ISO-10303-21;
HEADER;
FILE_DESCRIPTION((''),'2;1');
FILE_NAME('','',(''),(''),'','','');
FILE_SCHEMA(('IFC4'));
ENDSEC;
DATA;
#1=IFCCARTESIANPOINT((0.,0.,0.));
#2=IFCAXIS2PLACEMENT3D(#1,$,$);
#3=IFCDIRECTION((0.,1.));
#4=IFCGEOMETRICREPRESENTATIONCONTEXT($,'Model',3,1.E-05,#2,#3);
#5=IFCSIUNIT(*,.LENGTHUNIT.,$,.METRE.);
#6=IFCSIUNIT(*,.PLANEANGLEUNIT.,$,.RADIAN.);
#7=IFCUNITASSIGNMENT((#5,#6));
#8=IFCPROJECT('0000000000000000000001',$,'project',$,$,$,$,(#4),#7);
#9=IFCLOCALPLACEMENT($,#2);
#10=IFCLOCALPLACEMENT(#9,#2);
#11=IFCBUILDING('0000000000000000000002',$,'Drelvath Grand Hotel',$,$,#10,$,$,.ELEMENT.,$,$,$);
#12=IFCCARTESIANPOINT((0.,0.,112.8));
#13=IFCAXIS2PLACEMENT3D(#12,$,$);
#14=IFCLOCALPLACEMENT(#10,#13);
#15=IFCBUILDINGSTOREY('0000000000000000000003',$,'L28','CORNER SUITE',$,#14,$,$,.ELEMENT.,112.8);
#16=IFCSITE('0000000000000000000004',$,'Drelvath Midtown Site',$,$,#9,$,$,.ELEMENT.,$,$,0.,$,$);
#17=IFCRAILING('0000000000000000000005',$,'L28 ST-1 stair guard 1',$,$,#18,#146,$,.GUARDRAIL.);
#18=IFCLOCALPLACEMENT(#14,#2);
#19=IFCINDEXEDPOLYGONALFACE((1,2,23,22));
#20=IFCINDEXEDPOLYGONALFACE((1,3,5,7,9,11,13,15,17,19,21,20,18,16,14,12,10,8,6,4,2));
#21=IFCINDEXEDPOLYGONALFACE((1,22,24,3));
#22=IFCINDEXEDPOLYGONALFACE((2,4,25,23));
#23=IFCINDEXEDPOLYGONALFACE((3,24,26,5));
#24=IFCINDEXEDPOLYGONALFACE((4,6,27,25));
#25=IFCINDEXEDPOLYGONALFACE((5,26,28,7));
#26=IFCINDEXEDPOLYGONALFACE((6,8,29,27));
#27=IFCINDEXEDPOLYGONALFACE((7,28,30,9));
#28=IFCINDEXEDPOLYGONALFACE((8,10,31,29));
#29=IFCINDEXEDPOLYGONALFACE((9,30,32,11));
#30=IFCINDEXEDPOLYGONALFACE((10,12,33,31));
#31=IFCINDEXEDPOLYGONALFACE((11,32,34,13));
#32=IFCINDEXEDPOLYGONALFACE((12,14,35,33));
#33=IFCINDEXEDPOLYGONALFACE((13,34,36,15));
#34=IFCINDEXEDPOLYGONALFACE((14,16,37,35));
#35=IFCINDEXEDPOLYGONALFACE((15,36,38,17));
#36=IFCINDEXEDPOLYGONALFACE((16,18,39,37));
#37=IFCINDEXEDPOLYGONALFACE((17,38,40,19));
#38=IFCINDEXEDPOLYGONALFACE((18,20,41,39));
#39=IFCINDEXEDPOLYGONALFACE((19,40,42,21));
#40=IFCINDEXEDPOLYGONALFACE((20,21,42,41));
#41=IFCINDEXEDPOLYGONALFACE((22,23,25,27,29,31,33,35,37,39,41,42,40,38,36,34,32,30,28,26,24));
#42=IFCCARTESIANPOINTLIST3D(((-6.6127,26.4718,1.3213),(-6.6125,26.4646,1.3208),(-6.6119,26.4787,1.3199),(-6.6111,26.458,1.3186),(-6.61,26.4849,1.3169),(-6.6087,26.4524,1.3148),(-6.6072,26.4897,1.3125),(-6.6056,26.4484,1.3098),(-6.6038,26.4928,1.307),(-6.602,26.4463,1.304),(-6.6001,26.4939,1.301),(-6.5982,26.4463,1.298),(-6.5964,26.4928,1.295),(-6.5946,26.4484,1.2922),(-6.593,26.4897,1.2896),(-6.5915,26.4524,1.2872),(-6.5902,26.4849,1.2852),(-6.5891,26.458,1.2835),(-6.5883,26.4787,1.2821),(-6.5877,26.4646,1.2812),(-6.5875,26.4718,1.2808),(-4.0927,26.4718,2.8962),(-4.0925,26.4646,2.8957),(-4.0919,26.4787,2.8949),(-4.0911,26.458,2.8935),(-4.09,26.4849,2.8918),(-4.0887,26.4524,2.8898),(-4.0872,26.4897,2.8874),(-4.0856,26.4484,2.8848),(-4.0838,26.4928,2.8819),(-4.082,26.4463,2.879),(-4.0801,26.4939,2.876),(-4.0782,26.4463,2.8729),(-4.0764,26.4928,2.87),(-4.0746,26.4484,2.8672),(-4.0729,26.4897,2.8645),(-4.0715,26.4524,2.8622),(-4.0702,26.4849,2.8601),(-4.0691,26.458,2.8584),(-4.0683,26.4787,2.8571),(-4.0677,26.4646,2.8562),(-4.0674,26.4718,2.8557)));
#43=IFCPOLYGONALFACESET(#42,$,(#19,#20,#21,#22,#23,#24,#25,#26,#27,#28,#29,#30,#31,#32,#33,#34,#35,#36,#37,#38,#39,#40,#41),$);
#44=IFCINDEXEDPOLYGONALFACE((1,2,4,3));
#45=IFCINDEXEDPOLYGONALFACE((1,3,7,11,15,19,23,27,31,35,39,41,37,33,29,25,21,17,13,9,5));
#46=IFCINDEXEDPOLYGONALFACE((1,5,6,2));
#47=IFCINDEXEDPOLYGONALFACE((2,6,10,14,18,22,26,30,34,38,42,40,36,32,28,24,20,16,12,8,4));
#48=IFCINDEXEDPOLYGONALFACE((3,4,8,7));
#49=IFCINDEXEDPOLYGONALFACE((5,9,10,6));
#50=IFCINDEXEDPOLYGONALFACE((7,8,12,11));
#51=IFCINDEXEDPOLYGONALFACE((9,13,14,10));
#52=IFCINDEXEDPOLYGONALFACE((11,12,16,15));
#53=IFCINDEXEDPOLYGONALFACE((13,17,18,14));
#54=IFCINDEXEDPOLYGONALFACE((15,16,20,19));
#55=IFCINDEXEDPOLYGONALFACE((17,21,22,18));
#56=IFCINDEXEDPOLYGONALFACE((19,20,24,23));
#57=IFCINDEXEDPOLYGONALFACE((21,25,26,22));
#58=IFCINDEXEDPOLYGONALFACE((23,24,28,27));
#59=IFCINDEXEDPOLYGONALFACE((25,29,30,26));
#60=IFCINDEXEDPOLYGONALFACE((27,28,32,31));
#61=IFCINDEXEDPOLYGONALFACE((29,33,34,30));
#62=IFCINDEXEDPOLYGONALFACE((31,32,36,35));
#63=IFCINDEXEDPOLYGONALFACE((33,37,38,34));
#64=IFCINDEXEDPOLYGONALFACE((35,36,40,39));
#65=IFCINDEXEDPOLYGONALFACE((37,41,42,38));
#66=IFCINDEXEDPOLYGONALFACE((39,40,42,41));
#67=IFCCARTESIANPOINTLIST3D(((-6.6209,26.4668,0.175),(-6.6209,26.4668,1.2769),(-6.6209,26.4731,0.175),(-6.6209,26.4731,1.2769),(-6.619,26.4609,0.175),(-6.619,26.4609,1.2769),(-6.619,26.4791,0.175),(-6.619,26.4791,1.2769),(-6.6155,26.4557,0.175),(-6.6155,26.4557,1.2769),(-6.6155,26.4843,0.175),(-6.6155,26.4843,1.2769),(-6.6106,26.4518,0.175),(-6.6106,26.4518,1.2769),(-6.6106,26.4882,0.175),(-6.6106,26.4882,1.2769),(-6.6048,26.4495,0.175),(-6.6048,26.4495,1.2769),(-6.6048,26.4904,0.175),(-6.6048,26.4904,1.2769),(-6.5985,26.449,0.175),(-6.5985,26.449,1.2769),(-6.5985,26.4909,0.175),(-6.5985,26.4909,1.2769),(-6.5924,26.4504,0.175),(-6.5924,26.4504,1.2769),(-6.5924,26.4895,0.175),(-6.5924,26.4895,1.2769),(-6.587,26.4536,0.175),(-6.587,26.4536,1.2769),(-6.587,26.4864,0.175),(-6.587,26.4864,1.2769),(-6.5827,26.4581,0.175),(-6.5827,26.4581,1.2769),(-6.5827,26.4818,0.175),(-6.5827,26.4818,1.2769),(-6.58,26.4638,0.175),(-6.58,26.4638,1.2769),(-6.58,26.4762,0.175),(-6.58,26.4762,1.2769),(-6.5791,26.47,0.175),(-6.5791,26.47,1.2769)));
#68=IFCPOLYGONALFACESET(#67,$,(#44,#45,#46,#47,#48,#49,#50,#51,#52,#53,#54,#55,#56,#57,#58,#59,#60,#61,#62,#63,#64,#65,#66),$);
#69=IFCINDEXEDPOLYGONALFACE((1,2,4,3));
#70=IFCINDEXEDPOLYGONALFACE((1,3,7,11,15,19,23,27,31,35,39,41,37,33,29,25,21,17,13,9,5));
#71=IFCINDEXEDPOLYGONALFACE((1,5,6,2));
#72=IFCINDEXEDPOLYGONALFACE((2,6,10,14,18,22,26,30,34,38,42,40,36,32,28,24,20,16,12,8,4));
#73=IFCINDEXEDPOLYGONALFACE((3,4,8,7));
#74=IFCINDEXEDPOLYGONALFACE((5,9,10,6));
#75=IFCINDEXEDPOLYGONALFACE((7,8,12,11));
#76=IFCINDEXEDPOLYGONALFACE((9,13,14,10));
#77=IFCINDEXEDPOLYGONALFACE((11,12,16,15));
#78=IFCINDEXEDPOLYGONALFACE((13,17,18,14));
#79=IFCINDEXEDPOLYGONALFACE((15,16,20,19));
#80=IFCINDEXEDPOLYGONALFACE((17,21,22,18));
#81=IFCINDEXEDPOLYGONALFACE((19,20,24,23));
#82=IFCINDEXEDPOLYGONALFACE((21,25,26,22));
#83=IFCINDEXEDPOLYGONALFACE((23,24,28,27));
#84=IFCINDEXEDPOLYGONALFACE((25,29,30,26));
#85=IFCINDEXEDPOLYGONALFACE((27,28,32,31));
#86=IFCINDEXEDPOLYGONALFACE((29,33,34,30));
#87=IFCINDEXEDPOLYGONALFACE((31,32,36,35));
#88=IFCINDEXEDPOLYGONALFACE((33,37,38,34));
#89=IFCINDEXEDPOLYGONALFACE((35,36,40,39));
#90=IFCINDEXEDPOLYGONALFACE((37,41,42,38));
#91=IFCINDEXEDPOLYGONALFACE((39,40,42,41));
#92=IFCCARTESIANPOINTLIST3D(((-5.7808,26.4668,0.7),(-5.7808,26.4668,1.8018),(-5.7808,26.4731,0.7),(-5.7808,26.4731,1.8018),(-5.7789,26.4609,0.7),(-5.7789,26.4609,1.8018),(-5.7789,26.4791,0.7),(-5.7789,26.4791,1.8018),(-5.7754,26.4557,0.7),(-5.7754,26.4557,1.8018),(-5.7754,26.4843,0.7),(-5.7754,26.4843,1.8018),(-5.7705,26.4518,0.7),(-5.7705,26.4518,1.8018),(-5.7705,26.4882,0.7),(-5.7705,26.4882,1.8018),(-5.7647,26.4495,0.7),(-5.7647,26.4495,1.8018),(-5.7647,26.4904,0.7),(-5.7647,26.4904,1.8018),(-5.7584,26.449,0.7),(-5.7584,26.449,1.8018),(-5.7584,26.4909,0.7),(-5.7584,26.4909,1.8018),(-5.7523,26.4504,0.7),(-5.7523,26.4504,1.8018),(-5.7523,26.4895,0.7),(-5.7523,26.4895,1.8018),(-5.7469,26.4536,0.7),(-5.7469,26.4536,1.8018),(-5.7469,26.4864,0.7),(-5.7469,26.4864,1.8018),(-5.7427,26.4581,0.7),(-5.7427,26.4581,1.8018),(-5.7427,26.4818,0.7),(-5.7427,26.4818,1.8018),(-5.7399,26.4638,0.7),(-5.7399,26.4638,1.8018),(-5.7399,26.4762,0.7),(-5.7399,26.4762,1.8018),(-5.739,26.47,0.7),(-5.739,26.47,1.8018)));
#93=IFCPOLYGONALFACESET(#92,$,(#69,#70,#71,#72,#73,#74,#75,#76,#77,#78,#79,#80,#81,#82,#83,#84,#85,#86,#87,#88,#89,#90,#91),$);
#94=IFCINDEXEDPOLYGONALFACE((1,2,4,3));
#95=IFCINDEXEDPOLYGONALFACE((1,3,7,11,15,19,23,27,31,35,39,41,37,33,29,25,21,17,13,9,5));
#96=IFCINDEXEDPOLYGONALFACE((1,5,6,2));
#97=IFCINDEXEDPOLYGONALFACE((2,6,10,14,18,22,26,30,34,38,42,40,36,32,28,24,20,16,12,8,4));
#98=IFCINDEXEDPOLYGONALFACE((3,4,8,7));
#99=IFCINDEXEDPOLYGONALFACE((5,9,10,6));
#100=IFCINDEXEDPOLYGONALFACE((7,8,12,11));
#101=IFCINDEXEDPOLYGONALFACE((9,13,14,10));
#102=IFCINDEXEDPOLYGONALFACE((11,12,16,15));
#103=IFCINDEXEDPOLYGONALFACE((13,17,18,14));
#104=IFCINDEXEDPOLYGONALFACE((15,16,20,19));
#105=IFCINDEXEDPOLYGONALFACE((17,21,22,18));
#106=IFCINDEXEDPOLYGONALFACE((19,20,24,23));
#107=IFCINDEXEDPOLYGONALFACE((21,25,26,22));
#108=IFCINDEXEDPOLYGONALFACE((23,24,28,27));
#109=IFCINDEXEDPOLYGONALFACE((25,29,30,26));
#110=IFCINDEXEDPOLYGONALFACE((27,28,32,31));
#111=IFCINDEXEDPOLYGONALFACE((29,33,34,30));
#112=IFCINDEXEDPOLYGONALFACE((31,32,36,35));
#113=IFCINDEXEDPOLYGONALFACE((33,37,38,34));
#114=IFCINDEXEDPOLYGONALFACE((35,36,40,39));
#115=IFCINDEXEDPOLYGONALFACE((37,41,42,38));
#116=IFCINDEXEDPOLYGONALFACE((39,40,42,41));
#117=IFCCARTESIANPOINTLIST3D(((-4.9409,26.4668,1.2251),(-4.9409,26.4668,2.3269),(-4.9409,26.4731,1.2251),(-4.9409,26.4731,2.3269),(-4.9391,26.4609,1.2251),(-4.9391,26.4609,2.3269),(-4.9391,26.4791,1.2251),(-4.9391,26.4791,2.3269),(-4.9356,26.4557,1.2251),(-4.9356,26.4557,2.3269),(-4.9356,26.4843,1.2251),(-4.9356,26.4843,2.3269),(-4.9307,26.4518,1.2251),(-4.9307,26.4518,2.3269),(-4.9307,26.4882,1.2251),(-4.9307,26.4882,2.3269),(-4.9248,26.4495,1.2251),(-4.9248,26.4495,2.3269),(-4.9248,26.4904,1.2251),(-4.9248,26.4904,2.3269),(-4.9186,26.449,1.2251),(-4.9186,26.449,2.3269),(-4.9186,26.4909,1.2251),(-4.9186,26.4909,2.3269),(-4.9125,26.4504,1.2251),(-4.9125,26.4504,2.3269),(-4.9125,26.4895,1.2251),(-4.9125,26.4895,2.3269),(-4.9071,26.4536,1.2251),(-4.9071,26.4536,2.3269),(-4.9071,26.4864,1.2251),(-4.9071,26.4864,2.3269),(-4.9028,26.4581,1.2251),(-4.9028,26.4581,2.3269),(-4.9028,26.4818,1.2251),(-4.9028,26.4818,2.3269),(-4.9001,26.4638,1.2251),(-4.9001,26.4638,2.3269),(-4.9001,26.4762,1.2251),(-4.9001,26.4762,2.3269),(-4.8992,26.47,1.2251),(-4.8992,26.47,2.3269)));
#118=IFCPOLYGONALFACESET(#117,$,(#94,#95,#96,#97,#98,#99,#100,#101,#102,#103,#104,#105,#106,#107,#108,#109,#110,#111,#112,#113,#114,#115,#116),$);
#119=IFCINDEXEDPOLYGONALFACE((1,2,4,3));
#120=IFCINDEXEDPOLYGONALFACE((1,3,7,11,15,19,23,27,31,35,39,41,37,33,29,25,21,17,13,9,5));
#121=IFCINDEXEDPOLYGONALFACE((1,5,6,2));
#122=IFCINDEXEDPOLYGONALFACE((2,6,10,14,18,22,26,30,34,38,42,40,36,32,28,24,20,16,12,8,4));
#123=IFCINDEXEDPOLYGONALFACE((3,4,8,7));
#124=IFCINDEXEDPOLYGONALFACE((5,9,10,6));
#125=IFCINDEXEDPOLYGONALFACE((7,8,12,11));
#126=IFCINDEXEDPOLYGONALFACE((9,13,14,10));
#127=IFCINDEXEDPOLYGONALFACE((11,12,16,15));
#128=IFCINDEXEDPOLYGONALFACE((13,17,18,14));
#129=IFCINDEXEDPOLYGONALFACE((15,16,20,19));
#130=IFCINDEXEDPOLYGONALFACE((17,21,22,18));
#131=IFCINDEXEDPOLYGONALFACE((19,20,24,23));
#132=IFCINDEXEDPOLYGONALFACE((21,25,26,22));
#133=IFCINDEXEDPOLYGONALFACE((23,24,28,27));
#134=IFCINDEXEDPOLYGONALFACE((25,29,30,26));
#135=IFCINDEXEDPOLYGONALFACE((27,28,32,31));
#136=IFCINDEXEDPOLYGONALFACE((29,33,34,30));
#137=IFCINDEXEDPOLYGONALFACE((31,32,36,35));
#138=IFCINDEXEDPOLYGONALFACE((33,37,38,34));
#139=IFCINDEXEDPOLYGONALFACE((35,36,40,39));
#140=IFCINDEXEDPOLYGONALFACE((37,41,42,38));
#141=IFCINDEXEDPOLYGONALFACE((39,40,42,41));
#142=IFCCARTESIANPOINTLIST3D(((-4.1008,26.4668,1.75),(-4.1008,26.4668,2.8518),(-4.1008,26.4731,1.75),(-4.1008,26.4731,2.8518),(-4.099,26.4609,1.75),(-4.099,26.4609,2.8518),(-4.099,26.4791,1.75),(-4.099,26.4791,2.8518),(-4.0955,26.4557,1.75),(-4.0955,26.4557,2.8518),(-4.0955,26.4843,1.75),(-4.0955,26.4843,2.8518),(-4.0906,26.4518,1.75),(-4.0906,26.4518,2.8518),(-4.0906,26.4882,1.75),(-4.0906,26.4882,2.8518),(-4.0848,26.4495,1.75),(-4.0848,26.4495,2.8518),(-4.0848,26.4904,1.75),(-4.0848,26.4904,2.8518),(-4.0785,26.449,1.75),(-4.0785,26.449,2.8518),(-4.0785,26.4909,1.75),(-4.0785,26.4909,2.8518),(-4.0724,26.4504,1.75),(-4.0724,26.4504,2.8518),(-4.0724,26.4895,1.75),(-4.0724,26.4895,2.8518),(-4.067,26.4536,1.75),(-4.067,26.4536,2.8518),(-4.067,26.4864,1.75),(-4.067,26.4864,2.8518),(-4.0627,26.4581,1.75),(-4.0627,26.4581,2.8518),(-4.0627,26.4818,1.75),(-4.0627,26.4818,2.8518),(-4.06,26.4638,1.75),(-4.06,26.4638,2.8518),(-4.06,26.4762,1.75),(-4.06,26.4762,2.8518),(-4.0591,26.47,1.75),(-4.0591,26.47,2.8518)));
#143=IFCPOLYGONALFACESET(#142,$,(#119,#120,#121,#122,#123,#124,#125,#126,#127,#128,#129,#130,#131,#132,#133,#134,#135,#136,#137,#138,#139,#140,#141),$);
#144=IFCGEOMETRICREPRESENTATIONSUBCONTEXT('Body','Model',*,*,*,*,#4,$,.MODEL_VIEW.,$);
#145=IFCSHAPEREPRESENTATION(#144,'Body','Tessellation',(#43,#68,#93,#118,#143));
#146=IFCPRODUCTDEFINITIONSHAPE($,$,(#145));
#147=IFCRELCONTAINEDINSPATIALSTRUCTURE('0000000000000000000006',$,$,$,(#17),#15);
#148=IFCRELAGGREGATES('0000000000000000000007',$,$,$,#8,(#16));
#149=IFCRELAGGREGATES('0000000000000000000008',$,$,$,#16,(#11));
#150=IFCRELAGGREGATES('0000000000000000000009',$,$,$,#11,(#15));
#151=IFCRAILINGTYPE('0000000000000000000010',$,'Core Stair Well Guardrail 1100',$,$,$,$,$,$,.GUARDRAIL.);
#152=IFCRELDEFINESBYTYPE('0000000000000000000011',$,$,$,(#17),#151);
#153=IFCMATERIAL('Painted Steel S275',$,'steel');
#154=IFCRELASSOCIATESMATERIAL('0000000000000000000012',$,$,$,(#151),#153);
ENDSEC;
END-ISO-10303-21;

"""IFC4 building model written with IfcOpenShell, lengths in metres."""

from ifc_helpers import new_model, si_unit, direction, frame, origin, origin_2d, place, context, subcontext, project, spatial, circle, extrude, material, type_object, element, save


model = new_model("IFC4")

# Units and contexts
model_context = context("Model", 3, precision=1e-05, world=origin(), true_north=direction((0.0, 1.0)))
body_context = subcontext(model_context, "Body", "Model", "MODEL_VIEW")
ifc_project = project(units=[si_unit("LENGTHUNIT", "METRE"), si_unit("PLANEANGLEUNIT", "RADIAN")], contexts=[model_context])

# Site, building, storey
site_placement = place(None, origin())
site = spatial("IfcSite", under=ifc_project, at=site_placement, Name="Drelvath Midtown Site", CompositionType="ELEMENT", RefElevation=0.0)
building_placement = place(site_placement, origin())
building = spatial("IfcBuilding", under=site, at=building_placement, Name="Drelvath Grand Hotel", CompositionType="ELEMENT")
storey_placement = place(building_placement, frame((0.0, 0.0, 112.8)))
storey = spatial("IfcBuildingStorey", under=building, at=storey_placement, Name="L28", Description="CORNER SUITE", CompositionType="ELEMENT", Elevation=112.8)

# Shared definitions
ifc_material_1 = material(Name="Painted Steel S275", Category="steel")

# Railing
railing_type_1 = type_object("IfcRailingType", Name="Core Stair Well Guardrail 1100", PredefinedType="GUARDRAIL", material=ifc_material_1)
railing_1_placement = place(storey_placement, frame((-6.6001, 26.47, 0.175)))
element("IfcRailing", 1, at=railing_1_placement, inside=storey, type_object=railing_type_1, Name="L28 ST-1 stair guard 1", PredefinedType="GUARDRAIL", context=body_context, shape_type="SweptSolid", body=[
    extrude(circle(Radius=0.0239, at=origin_2d()), frame((0.0, 0.0, 1.126), z_axis=(0.848008, 0.0, 0.529984), x_axis=(0.0, 1.0, 0.0)), (0.0, 0.0, 1.0), 2.9717),
    extrude(circle(Radius=0.021, at=origin_2d()), origin(), (0.0, 0.0, 1.0), 1.1018),
    extrude(circle(Radius=0.021, at=origin_2d()), frame((0.8401, 0.0, 0.5249)), (0.0, 0.0, 1.0), 1.1018),
    extrude(circle(Radius=0.021, at=origin_2d()), frame((1.6799, 0.0, 1.05)), (0.0, 0.0, 1.0), 1.1018),
    extrude(circle(Radius=0.021, at=origin_2d()), frame((2.52, 0.0, 1.575)), (0.0, 0.0, 1.0), 1.1018),
])

save(model, "model.ifc")
